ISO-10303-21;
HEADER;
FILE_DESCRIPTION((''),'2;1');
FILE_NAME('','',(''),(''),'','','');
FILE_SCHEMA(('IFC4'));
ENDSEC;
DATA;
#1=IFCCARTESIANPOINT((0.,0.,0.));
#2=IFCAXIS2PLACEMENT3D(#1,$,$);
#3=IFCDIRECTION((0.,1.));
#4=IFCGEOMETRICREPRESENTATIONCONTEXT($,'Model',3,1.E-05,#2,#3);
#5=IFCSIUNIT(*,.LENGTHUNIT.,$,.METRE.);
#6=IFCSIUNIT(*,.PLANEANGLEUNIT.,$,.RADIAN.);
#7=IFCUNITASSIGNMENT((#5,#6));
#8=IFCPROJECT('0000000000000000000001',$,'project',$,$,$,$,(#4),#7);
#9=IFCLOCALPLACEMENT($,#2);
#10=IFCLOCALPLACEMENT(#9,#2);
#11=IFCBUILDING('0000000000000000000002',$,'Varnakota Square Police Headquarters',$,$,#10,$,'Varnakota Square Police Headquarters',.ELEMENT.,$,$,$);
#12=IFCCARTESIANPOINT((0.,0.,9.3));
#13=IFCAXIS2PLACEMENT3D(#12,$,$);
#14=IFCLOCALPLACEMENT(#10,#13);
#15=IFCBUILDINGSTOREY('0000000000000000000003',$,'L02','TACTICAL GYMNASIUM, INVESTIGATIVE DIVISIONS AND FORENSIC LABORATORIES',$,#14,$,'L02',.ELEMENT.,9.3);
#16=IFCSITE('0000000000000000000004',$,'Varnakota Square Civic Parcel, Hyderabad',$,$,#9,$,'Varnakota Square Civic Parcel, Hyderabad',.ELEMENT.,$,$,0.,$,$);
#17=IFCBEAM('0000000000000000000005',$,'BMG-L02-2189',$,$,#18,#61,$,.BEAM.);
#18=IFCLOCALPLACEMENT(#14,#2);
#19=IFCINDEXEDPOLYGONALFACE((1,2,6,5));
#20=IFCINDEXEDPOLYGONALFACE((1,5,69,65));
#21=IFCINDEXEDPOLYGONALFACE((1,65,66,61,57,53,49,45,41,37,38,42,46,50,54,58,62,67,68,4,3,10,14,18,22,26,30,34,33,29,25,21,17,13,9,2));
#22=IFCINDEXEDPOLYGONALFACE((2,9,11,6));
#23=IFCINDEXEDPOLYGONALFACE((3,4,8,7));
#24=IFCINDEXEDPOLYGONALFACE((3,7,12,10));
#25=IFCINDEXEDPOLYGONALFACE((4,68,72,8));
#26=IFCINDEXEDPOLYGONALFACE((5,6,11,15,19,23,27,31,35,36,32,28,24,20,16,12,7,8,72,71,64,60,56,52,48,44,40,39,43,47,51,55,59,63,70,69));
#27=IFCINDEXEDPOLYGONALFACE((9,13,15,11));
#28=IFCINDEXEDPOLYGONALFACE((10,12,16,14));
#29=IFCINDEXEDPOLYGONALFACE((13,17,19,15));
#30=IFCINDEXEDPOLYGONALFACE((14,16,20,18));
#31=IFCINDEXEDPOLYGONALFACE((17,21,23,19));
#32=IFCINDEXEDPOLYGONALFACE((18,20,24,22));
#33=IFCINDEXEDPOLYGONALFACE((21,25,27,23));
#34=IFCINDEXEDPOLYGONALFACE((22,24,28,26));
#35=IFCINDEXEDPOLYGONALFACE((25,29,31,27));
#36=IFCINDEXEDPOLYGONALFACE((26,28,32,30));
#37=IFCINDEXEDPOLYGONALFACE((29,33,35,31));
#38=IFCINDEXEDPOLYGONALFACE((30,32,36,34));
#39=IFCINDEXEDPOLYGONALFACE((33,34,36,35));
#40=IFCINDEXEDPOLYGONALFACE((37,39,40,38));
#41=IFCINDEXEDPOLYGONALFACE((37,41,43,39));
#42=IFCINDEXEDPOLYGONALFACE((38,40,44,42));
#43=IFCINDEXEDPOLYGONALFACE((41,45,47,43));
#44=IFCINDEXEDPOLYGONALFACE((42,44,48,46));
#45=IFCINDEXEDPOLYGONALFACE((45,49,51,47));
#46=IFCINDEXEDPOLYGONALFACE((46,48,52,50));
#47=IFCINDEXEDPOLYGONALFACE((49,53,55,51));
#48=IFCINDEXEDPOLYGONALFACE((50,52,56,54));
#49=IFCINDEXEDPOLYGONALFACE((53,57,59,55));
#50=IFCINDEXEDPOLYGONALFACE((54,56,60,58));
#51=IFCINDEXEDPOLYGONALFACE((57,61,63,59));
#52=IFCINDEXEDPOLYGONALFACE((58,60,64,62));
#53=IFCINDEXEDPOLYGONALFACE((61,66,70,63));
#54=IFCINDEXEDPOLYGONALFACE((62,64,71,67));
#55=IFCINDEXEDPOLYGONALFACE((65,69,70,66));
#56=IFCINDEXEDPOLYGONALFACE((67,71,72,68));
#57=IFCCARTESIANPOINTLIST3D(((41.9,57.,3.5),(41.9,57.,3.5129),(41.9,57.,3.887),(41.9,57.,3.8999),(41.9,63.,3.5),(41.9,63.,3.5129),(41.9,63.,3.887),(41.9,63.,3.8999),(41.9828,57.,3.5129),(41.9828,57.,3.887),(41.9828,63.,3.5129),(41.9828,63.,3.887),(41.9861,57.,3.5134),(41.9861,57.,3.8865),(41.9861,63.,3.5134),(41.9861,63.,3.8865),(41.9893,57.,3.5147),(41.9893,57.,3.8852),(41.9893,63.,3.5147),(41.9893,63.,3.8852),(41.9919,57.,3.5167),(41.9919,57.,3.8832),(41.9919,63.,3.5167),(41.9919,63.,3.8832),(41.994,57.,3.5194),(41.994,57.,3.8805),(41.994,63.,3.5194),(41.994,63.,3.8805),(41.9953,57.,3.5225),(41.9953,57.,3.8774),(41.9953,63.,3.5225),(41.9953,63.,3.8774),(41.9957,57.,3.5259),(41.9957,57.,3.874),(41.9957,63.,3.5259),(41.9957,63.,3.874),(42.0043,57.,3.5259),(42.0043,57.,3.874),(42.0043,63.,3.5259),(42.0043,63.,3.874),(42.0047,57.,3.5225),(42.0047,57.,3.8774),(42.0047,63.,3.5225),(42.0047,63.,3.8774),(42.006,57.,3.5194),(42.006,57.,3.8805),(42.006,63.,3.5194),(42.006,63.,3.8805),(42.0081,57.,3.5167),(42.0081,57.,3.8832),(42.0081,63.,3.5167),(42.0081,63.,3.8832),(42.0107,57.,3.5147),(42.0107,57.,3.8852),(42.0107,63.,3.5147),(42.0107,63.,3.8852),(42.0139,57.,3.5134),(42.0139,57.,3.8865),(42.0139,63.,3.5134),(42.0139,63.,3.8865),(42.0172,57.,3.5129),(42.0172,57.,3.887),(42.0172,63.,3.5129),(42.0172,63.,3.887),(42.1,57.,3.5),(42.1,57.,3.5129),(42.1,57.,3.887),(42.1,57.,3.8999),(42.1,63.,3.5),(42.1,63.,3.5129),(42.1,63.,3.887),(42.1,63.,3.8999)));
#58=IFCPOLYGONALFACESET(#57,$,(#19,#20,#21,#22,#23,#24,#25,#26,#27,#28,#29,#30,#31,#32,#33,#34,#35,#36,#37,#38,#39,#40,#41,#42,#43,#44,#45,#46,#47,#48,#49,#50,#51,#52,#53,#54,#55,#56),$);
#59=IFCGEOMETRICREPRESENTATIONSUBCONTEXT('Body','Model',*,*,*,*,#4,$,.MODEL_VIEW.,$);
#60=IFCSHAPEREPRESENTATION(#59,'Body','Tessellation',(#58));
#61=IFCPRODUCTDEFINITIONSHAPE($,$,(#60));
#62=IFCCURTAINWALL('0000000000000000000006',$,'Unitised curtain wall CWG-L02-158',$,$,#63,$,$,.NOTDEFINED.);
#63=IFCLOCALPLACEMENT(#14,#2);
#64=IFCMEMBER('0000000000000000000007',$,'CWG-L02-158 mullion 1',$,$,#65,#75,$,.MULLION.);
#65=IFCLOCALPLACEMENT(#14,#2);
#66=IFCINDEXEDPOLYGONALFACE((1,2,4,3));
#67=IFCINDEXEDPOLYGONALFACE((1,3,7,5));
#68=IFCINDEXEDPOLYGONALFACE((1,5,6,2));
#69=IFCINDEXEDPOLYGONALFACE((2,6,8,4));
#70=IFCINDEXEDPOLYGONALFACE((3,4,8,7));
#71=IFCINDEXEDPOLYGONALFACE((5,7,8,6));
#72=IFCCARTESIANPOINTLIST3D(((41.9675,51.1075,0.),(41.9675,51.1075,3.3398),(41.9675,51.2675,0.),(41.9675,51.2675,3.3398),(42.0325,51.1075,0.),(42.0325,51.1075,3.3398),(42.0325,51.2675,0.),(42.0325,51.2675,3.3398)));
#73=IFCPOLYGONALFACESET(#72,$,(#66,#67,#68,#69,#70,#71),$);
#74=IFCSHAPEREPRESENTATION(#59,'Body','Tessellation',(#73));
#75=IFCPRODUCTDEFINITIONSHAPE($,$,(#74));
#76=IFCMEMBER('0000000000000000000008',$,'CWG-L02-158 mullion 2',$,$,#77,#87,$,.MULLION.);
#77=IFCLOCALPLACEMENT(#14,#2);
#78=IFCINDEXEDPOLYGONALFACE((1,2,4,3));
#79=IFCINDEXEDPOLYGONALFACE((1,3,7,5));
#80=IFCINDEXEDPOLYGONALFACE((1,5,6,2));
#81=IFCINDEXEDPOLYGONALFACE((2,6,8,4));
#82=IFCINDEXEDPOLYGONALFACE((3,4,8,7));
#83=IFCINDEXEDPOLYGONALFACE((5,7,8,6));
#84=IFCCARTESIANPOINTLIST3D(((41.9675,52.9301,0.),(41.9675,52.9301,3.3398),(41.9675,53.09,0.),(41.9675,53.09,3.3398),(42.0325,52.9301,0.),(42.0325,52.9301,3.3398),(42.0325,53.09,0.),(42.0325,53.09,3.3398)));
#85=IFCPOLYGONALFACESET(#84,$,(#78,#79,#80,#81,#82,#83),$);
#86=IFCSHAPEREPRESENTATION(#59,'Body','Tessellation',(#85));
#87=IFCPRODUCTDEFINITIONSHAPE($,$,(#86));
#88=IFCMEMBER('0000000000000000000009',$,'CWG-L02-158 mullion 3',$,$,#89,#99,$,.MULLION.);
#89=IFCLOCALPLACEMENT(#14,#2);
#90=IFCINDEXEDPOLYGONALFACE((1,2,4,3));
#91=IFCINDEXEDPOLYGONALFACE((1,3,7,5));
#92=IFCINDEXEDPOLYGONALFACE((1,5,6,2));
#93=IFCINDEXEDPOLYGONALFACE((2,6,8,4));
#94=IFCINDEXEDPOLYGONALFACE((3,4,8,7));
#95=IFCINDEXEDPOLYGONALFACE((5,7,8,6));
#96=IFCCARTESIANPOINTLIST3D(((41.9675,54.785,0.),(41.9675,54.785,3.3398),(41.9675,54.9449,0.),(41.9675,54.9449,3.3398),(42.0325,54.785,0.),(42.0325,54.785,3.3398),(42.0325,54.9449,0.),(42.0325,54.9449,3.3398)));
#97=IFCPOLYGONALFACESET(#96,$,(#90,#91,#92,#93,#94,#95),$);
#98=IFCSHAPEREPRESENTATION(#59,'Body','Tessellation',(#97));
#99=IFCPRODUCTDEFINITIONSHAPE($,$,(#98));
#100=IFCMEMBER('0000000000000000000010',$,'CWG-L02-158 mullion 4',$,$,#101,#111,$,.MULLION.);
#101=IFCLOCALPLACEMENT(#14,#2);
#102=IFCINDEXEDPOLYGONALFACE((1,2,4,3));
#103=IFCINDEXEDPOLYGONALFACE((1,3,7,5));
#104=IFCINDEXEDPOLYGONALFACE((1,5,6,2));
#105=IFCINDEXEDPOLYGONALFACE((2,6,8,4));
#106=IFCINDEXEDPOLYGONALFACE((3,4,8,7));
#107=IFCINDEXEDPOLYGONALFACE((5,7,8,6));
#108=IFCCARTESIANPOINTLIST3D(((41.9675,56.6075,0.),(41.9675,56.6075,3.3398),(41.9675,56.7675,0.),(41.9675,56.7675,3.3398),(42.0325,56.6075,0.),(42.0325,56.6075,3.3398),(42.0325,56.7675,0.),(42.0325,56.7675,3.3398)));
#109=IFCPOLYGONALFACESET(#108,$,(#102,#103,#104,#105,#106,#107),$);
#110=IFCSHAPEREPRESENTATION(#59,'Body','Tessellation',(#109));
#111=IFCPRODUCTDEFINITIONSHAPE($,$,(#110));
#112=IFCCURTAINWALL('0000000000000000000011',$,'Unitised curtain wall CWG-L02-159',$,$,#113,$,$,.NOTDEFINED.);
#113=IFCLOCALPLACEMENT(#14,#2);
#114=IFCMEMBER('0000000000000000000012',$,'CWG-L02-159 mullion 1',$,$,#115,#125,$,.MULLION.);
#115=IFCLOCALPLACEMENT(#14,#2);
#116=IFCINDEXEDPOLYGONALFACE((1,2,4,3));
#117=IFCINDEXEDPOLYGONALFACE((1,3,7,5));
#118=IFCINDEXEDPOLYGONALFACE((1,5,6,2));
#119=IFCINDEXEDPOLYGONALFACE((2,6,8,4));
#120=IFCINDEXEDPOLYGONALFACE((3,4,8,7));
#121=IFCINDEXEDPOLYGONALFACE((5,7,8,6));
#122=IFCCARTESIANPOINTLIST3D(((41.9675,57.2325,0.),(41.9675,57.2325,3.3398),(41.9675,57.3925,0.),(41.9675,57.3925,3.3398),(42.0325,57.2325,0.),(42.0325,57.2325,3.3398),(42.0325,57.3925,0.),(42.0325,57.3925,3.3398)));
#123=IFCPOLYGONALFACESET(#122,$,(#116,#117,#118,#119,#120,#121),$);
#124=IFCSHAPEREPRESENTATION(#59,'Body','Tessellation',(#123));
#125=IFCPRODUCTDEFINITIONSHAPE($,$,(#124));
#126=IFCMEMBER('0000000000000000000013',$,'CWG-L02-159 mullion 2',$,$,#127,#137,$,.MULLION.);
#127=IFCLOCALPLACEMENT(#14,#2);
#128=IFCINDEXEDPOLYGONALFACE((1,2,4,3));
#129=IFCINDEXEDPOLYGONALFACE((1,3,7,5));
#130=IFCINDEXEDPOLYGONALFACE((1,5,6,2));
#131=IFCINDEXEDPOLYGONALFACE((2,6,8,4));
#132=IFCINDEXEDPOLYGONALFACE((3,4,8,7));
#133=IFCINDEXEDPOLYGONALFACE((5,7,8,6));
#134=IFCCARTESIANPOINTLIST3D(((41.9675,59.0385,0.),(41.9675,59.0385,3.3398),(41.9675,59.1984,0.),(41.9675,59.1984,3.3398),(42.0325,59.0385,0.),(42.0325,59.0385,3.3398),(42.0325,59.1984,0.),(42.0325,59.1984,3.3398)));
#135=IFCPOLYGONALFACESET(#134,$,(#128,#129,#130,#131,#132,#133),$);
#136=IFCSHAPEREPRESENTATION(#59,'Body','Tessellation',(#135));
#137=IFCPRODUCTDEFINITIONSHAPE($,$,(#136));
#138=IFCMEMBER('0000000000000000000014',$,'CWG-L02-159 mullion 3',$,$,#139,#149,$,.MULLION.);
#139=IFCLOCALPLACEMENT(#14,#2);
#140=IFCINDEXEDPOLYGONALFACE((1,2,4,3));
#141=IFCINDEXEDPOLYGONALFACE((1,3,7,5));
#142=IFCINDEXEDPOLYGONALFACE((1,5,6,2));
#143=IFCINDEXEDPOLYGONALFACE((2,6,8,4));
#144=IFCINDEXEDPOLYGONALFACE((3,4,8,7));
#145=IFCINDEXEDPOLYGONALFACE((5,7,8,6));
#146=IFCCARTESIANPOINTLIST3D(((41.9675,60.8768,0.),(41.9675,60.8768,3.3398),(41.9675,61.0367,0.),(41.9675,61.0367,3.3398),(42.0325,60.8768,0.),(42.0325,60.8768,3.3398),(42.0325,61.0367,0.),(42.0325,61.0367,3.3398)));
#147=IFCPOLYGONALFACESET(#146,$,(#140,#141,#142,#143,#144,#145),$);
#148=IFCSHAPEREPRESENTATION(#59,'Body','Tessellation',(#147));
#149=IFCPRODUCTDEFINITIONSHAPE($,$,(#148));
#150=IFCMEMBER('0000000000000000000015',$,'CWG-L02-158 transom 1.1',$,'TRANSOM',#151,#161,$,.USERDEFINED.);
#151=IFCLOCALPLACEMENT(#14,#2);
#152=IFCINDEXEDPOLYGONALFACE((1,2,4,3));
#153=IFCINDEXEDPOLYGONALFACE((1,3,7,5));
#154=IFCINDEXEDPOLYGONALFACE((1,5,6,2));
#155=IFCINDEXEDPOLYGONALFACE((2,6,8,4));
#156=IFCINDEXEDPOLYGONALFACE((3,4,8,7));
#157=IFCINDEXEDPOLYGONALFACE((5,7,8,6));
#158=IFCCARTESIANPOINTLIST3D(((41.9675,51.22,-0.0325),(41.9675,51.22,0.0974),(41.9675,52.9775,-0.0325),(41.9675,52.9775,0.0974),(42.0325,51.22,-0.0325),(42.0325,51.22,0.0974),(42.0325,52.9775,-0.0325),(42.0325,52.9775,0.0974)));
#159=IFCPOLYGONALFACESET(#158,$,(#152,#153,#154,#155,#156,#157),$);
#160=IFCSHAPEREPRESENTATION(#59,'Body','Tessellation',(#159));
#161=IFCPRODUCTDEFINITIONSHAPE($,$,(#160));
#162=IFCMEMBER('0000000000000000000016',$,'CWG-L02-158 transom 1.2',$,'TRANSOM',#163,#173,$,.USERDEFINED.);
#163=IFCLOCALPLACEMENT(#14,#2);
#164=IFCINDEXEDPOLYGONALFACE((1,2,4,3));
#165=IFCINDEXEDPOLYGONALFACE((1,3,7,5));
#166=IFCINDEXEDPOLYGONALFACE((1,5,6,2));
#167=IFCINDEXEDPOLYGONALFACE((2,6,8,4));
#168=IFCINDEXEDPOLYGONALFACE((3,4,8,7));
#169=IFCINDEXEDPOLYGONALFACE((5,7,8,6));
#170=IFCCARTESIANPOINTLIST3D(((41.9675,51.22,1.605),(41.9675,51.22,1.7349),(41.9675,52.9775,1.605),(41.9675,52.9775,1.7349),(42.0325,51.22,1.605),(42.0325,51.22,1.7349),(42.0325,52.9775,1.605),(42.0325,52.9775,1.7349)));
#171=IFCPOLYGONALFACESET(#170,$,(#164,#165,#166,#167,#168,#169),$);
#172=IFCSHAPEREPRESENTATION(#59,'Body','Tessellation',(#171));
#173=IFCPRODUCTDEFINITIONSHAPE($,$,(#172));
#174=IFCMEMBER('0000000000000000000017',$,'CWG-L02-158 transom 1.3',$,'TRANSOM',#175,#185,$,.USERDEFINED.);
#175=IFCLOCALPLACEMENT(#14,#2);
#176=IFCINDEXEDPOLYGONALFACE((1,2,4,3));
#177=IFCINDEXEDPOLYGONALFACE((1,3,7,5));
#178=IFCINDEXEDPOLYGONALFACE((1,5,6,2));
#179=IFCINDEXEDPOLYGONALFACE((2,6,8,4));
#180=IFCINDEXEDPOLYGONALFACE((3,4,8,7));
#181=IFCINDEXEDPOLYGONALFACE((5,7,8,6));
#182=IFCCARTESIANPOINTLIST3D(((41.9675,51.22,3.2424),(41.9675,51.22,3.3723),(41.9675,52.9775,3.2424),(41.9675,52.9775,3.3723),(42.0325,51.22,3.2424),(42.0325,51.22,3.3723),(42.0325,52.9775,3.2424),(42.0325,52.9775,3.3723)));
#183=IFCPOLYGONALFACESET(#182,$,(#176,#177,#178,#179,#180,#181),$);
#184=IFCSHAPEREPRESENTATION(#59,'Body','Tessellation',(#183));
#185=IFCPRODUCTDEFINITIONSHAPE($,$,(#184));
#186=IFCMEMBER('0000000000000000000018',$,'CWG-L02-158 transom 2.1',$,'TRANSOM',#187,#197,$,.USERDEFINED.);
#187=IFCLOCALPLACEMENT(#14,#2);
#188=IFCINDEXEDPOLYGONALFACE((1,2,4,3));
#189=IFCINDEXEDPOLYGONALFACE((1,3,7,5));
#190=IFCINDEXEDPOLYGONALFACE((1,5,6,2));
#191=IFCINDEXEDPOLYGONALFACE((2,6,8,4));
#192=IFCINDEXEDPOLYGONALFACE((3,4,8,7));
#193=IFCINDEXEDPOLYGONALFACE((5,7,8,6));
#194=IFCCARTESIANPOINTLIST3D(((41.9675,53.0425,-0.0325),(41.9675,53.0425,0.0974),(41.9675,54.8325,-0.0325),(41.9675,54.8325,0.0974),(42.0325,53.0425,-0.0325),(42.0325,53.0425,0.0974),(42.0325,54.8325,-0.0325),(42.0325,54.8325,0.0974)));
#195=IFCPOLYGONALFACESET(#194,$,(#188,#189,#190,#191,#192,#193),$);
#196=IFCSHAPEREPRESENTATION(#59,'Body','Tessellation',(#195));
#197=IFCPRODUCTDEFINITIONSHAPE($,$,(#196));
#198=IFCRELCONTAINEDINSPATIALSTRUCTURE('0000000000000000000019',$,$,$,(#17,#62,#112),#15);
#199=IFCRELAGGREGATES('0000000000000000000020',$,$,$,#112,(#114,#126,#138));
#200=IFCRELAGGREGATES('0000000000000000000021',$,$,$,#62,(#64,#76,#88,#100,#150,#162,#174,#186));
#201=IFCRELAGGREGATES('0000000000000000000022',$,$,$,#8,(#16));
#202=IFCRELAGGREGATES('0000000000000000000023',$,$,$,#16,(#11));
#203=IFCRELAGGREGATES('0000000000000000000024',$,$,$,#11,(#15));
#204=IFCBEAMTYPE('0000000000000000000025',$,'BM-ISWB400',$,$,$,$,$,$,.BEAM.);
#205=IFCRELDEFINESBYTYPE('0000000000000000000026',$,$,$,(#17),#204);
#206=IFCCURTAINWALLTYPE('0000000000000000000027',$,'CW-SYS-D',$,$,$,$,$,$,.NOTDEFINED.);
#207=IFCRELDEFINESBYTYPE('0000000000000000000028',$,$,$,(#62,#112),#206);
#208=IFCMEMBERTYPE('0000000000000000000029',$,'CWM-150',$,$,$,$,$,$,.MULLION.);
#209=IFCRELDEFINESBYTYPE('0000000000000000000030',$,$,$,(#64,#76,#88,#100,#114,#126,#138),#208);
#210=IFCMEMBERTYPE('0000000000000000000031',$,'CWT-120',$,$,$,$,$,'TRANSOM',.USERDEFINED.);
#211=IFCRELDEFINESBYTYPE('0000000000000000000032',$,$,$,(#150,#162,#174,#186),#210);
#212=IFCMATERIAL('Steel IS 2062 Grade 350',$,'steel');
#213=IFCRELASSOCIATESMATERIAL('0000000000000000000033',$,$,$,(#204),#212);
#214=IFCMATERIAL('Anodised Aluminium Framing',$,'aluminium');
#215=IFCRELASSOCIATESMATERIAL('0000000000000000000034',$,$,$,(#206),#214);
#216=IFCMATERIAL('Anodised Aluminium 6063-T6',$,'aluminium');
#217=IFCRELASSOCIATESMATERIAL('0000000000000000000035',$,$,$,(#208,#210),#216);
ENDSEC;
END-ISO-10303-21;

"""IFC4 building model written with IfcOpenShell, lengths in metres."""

from ifc_helpers import new_model, si_unit, direction, frame, origin, origin_2d, place, context, subcontext, project, spatial, rectangle, i_section, extrude, material, material_profile, profile_set, type_object, element, aggregate, save


model = new_model("IFC4")

# Units and contexts
model_context = context("Model", 3, precision=1e-05, world=origin(), true_north=direction((0.0, 1.0)))
body_context = subcontext(model_context, "Body", "Model", "MODEL_VIEW")
ifc_project = project(units=[si_unit("LENGTHUNIT", "METRE"), si_unit("PLANEANGLEUNIT", "RADIAN")], contexts=[model_context])

# Site, building, storey
site_placement = place(None, origin())
site = spatial("IfcSite", under=ifc_project, at=site_placement, Name="Varnakota Square Civic Parcel, Hyderabad", LongName="Varnakota Square Civic Parcel, Hyderabad", CompositionType="ELEMENT", RefElevation=0.0)
building_placement = place(site_placement, origin())
building = spatial("IfcBuilding", under=site, at=building_placement, Name="Varnakota Square Police Headquarters", LongName="Varnakota Square Police Headquarters", CompositionType="ELEMENT")
storey_placement = place(building_placement, frame((0.0, 0.0, 9.3)))
storey = spatial("IfcBuildingStorey", under=building, at=storey_placement, Name="L02", Description="TACTICAL GYMNASIUM, INVESTIGATIVE DIVISIONS AND FORENSIC LABORATORIES", LongName="L02", CompositionType="ELEMENT", Elevation=9.3)

# Shared definitions
ifc_material_1 = material(Name="Steel IS 2062 Grade 350", Category="steel")

# Beam
ifc_material_profile_1 = material_profile(ifc_material_1, i_section(OverallWidth=0.2, OverallDepth=0.3999, WebThickness=0.0085, FlangeThickness=0.0129, FilletRadius=0.0129, at=origin_2d()), Name="ISWB 400")
ifc_profile_set_1 = profile_set([ifc_material_profile_1], Name="Steel IS 2062 Grade 350")
beam_type_1 = type_object("IfcBeamType", Name="BM-ISWB400", PredefinedType="BEAM", material=ifc_profile_set_1)
beam_1_placement = place(storey_placement, frame((42.0, 57.0, 3.7), z_axis=(0.0, 1.0, 0.0), x_axis=(-1.0, 0.0, 0.0)))
element("IfcBeam", 1, at=beam_1_placement, inside=storey, type_object=beam_type_1, Name="BMG-L02-2189", PredefinedType="BEAM", context=body_context, shape_type="SweptSolid", body=[
    extrude(i_section(OverallWidth=0.2, OverallDepth=0.3999, WebThickness=0.0085, FlangeThickness=0.0129, FilletRadius=0.0129, at=origin_2d()), origin(), (0.0, 0.0, 1.0), 6.0),
])

# Curtain walls, members
ifc_material_2 = material(Name="Anodised Aluminium Framing", Category="aluminium")
curtain_wall_type = type_object("IfcCurtainWallType", Name="CW-SYS-D", PredefinedType="NOTDEFINED", material=ifc_material_2)
curtain_wall_1_placement = place(storey_placement, origin())
curtain_wall_1 = element("IfcCurtainWall", 2, at=curtain_wall_1_placement, inside=storey, type_object=curtain_wall_type, Name="Unitised curtain wall CWG-L02-158", PredefinedType="NOTDEFINED")
ifc_material_3 = material(Name="Anodised Aluminium 6063-T6", Category="aluminium")
ifc_material_profile_2 = material_profile(ifc_material_3, rectangle(XDim=0.0649, YDim=0.1599, at=origin_2d()), Name="ALU MULLION 65x160")
ifc_profile_set_2 = profile_set([ifc_material_profile_2], Name="Anodised Aluminium 6063-T6")
member_type_1 = type_object("IfcMemberType", Name="CWM-150", PredefinedType="MULLION", material=ifc_profile_set_2)
member_1_placement = place(storey_placement, frame((42.0, 51.1875, 0.0), z_axis=(0.0, 0.0, 1.0), x_axis=(-1.0, 0.0, 0.0)))
member_1 = element("IfcMember", 3, at=member_1_placement, type_object=member_type_1, Name="CWG-L02-158 mullion 1", PredefinedType="MULLION", context=body_context, shape_type="SweptSolid", body=[
    extrude(rectangle(XDim=0.0649, YDim=0.1599, at=origin_2d()), origin(), (0.0, 0.0, 1.0), 3.3398),
])
member_2_placement = place(storey_placement, frame((42.0, 53.01, 0.0), z_axis=(0.0, 0.0, 1.0), x_axis=(-1.0, 0.0, 0.0)))
member_2 = element("IfcMember", 4, at=member_2_placement, type_object=member_type_1, Name="CWG-L02-158 mullion 2", PredefinedType="MULLION", context=body_context, shape_type="SweptSolid", body=[
    extrude(rectangle(XDim=0.0649, YDim=0.1599, at=origin_2d()), origin(), (0.0, 0.0, 1.0), 3.3398),
])
member_3_placement = place(storey_placement, frame((42.0, 54.865, 0.0), z_axis=(0.0, 0.0, 1.0), x_axis=(-1.0, 0.0, 0.0)))
member_3 = element("IfcMember", 5, at=member_3_placement, type_object=member_type_1, Name="CWG-L02-158 mullion 3", PredefinedType="MULLION", context=body_context, shape_type="SweptSolid", body=[
    extrude(rectangle(XDim=0.0649, YDim=0.1599, at=origin_2d()), origin(), (0.0, 0.0, 1.0), 3.3398),
])
member_4_placement = place(storey_placement, frame((42.0, 56.6875, 0.0), z_axis=(0.0, 0.0, 1.0), x_axis=(-1.0, 0.0, 0.0)))
member_4 = element("IfcMember", 6, at=member_4_placement, type_object=member_type_1, Name="CWG-L02-158 mullion 4", PredefinedType="MULLION", context=body_context, shape_type="SweptSolid", body=[
    extrude(rectangle(XDim=0.0649, YDim=0.1599, at=origin_2d()), origin(), (0.0, 0.0, 1.0), 3.3398),
])
curtain_wall_2_placement = place(storey_placement, origin())
curtain_wall_2 = element("IfcCurtainWall", 7, at=curtain_wall_2_placement, inside=storey, type_object=curtain_wall_type, Name="Unitised curtain wall CWG-L02-159", PredefinedType="NOTDEFINED")
member_5_placement = place(storey_placement, frame((42.0, 57.3125, 0.0), z_axis=(0.0, 0.0, 1.0), x_axis=(-1.0, 0.0, 0.0)))
member_5 = element("IfcMember", 8, at=member_5_placement, type_object=member_type_1, Name="CWG-L02-159 mullion 1", PredefinedType="MULLION", context=body_context, shape_type="SweptSolid", body=[
    extrude(rectangle(XDim=0.0649, YDim=0.1599, at=origin_2d()), origin(), (0.0, 0.0, 1.0), 3.3398),
])
member_6_placement = place(storey_placement, frame((42.0, 59.1184, 0.0), z_axis=(0.0, 0.0, 1.0), x_axis=(-1.0, 0.0, 0.0)))
member_6 = element("IfcMember", 9, at=member_6_placement, type_object=member_type_1, Name="CWG-L02-159 mullion 2", PredefinedType="MULLION", context=body_context, shape_type="SweptSolid", body=[
    extrude(rectangle(XDim=0.0649, YDim=0.1599, at=origin_2d()), origin(), (0.0, 0.0, 1.0), 3.3398),
])
member_7_placement = place(storey_placement, frame((42.0, 60.9568, 0.0), z_axis=(0.0, 0.0, 1.0), x_axis=(-1.0, 0.0, 0.0)))
member_7 = element("IfcMember", 10, at=member_7_placement, type_object=member_type_1, Name="CWG-L02-159 mullion 3", PredefinedType="MULLION", context=body_context, shape_type="SweptSolid", body=[
    extrude(rectangle(XDim=0.0649, YDim=0.1599, at=origin_2d()), origin(), (0.0, 0.0, 1.0), 3.3398),
])

# Members
ifc_material_profile_3 = material_profile(ifc_material_3, rectangle(XDim=0.0649, YDim=0.1299, at=origin_2d()), Name="ALU TRANSOM 65x130")
ifc_profile_set_3 = profile_set([ifc_material_profile_3], Name="Anodised Aluminium 6063-T6")
member_type_2 = type_object("IfcMemberType", Name="CWT-120", ElementType="TRANSOM", PredefinedType="USERDEFINED", material=ifc_profile_set_3)
member_8_placement = place(storey_placement, frame((42.0, 51.22, 0.0325), z_axis=(0.0, 1.0, 0.0), x_axis=(-1.0, 0.0, 0.0)))
member_8 = element("IfcMember", 11, at=member_8_placement, type_object=member_type_2, Name="CWG-L02-158 transom 1.1", ObjectType="TRANSOM", PredefinedType="USERDEFINED", context=body_context, shape_type="SweptSolid", body=[
    extrude(rectangle(XDim=0.0649, YDim=0.1299, at=origin_2d()), origin(), (0.0, 0.0, 1.0), 1.7576),
])
member_9_placement = place(storey_placement, frame((42.0, 51.22, 1.6699), z_axis=(0.0, 1.0, 0.0), x_axis=(-1.0, 0.0, 0.0)))
member_9 = element("IfcMember", 12, at=member_9_placement, type_object=member_type_2, Name="CWG-L02-158 transom 1.2", ObjectType="TRANSOM", PredefinedType="USERDEFINED", context=body_context, shape_type="SweptSolid", body=[
    extrude(rectangle(XDim=0.0649, YDim=0.1299, at=origin_2d()), origin(), (0.0, 0.0, 1.0), 1.7576),
])
member_10_placement = place(storey_placement, frame((42.0, 51.22, 3.3074), z_axis=(0.0, 1.0, 0.0), x_axis=(-1.0, 0.0, 0.0)))
member_10 = element("IfcMember", 13, at=member_10_placement, type_object=member_type_2, Name="CWG-L02-158 transom 1.3", ObjectType="TRANSOM", PredefinedType="USERDEFINED", context=body_context, shape_type="SweptSolid", body=[
    extrude(rectangle(XDim=0.0649, YDim=0.1299, at=origin_2d()), origin(), (0.0, 0.0, 1.0), 1.7576),
])
member_11_placement = place(storey_placement, frame((42.0, 53.0425, 0.0325), z_axis=(0.0, 1.0, 0.0), x_axis=(-1.0, 0.0, 0.0)))
member_11 = element("IfcMember", 14, at=member_11_placement, type_object=member_type_2, Name="CWG-L02-158 transom 2.1", ObjectType="TRANSOM", PredefinedType="USERDEFINED", context=body_context, shape_type="SweptSolid", body=[
    extrude(rectangle(XDim=0.0649, YDim=0.1299, at=origin_2d()), origin(), (0.0, 0.0, 1.0), 1.79),
])

aggregate(curtain_wall_2, [member_5, member_6, member_7])
aggregate(curtain_wall_1, [member_1, member_2, member_3, member_4, member_8, member_9, member_10, member_11])

save(model, "model.ifc")
